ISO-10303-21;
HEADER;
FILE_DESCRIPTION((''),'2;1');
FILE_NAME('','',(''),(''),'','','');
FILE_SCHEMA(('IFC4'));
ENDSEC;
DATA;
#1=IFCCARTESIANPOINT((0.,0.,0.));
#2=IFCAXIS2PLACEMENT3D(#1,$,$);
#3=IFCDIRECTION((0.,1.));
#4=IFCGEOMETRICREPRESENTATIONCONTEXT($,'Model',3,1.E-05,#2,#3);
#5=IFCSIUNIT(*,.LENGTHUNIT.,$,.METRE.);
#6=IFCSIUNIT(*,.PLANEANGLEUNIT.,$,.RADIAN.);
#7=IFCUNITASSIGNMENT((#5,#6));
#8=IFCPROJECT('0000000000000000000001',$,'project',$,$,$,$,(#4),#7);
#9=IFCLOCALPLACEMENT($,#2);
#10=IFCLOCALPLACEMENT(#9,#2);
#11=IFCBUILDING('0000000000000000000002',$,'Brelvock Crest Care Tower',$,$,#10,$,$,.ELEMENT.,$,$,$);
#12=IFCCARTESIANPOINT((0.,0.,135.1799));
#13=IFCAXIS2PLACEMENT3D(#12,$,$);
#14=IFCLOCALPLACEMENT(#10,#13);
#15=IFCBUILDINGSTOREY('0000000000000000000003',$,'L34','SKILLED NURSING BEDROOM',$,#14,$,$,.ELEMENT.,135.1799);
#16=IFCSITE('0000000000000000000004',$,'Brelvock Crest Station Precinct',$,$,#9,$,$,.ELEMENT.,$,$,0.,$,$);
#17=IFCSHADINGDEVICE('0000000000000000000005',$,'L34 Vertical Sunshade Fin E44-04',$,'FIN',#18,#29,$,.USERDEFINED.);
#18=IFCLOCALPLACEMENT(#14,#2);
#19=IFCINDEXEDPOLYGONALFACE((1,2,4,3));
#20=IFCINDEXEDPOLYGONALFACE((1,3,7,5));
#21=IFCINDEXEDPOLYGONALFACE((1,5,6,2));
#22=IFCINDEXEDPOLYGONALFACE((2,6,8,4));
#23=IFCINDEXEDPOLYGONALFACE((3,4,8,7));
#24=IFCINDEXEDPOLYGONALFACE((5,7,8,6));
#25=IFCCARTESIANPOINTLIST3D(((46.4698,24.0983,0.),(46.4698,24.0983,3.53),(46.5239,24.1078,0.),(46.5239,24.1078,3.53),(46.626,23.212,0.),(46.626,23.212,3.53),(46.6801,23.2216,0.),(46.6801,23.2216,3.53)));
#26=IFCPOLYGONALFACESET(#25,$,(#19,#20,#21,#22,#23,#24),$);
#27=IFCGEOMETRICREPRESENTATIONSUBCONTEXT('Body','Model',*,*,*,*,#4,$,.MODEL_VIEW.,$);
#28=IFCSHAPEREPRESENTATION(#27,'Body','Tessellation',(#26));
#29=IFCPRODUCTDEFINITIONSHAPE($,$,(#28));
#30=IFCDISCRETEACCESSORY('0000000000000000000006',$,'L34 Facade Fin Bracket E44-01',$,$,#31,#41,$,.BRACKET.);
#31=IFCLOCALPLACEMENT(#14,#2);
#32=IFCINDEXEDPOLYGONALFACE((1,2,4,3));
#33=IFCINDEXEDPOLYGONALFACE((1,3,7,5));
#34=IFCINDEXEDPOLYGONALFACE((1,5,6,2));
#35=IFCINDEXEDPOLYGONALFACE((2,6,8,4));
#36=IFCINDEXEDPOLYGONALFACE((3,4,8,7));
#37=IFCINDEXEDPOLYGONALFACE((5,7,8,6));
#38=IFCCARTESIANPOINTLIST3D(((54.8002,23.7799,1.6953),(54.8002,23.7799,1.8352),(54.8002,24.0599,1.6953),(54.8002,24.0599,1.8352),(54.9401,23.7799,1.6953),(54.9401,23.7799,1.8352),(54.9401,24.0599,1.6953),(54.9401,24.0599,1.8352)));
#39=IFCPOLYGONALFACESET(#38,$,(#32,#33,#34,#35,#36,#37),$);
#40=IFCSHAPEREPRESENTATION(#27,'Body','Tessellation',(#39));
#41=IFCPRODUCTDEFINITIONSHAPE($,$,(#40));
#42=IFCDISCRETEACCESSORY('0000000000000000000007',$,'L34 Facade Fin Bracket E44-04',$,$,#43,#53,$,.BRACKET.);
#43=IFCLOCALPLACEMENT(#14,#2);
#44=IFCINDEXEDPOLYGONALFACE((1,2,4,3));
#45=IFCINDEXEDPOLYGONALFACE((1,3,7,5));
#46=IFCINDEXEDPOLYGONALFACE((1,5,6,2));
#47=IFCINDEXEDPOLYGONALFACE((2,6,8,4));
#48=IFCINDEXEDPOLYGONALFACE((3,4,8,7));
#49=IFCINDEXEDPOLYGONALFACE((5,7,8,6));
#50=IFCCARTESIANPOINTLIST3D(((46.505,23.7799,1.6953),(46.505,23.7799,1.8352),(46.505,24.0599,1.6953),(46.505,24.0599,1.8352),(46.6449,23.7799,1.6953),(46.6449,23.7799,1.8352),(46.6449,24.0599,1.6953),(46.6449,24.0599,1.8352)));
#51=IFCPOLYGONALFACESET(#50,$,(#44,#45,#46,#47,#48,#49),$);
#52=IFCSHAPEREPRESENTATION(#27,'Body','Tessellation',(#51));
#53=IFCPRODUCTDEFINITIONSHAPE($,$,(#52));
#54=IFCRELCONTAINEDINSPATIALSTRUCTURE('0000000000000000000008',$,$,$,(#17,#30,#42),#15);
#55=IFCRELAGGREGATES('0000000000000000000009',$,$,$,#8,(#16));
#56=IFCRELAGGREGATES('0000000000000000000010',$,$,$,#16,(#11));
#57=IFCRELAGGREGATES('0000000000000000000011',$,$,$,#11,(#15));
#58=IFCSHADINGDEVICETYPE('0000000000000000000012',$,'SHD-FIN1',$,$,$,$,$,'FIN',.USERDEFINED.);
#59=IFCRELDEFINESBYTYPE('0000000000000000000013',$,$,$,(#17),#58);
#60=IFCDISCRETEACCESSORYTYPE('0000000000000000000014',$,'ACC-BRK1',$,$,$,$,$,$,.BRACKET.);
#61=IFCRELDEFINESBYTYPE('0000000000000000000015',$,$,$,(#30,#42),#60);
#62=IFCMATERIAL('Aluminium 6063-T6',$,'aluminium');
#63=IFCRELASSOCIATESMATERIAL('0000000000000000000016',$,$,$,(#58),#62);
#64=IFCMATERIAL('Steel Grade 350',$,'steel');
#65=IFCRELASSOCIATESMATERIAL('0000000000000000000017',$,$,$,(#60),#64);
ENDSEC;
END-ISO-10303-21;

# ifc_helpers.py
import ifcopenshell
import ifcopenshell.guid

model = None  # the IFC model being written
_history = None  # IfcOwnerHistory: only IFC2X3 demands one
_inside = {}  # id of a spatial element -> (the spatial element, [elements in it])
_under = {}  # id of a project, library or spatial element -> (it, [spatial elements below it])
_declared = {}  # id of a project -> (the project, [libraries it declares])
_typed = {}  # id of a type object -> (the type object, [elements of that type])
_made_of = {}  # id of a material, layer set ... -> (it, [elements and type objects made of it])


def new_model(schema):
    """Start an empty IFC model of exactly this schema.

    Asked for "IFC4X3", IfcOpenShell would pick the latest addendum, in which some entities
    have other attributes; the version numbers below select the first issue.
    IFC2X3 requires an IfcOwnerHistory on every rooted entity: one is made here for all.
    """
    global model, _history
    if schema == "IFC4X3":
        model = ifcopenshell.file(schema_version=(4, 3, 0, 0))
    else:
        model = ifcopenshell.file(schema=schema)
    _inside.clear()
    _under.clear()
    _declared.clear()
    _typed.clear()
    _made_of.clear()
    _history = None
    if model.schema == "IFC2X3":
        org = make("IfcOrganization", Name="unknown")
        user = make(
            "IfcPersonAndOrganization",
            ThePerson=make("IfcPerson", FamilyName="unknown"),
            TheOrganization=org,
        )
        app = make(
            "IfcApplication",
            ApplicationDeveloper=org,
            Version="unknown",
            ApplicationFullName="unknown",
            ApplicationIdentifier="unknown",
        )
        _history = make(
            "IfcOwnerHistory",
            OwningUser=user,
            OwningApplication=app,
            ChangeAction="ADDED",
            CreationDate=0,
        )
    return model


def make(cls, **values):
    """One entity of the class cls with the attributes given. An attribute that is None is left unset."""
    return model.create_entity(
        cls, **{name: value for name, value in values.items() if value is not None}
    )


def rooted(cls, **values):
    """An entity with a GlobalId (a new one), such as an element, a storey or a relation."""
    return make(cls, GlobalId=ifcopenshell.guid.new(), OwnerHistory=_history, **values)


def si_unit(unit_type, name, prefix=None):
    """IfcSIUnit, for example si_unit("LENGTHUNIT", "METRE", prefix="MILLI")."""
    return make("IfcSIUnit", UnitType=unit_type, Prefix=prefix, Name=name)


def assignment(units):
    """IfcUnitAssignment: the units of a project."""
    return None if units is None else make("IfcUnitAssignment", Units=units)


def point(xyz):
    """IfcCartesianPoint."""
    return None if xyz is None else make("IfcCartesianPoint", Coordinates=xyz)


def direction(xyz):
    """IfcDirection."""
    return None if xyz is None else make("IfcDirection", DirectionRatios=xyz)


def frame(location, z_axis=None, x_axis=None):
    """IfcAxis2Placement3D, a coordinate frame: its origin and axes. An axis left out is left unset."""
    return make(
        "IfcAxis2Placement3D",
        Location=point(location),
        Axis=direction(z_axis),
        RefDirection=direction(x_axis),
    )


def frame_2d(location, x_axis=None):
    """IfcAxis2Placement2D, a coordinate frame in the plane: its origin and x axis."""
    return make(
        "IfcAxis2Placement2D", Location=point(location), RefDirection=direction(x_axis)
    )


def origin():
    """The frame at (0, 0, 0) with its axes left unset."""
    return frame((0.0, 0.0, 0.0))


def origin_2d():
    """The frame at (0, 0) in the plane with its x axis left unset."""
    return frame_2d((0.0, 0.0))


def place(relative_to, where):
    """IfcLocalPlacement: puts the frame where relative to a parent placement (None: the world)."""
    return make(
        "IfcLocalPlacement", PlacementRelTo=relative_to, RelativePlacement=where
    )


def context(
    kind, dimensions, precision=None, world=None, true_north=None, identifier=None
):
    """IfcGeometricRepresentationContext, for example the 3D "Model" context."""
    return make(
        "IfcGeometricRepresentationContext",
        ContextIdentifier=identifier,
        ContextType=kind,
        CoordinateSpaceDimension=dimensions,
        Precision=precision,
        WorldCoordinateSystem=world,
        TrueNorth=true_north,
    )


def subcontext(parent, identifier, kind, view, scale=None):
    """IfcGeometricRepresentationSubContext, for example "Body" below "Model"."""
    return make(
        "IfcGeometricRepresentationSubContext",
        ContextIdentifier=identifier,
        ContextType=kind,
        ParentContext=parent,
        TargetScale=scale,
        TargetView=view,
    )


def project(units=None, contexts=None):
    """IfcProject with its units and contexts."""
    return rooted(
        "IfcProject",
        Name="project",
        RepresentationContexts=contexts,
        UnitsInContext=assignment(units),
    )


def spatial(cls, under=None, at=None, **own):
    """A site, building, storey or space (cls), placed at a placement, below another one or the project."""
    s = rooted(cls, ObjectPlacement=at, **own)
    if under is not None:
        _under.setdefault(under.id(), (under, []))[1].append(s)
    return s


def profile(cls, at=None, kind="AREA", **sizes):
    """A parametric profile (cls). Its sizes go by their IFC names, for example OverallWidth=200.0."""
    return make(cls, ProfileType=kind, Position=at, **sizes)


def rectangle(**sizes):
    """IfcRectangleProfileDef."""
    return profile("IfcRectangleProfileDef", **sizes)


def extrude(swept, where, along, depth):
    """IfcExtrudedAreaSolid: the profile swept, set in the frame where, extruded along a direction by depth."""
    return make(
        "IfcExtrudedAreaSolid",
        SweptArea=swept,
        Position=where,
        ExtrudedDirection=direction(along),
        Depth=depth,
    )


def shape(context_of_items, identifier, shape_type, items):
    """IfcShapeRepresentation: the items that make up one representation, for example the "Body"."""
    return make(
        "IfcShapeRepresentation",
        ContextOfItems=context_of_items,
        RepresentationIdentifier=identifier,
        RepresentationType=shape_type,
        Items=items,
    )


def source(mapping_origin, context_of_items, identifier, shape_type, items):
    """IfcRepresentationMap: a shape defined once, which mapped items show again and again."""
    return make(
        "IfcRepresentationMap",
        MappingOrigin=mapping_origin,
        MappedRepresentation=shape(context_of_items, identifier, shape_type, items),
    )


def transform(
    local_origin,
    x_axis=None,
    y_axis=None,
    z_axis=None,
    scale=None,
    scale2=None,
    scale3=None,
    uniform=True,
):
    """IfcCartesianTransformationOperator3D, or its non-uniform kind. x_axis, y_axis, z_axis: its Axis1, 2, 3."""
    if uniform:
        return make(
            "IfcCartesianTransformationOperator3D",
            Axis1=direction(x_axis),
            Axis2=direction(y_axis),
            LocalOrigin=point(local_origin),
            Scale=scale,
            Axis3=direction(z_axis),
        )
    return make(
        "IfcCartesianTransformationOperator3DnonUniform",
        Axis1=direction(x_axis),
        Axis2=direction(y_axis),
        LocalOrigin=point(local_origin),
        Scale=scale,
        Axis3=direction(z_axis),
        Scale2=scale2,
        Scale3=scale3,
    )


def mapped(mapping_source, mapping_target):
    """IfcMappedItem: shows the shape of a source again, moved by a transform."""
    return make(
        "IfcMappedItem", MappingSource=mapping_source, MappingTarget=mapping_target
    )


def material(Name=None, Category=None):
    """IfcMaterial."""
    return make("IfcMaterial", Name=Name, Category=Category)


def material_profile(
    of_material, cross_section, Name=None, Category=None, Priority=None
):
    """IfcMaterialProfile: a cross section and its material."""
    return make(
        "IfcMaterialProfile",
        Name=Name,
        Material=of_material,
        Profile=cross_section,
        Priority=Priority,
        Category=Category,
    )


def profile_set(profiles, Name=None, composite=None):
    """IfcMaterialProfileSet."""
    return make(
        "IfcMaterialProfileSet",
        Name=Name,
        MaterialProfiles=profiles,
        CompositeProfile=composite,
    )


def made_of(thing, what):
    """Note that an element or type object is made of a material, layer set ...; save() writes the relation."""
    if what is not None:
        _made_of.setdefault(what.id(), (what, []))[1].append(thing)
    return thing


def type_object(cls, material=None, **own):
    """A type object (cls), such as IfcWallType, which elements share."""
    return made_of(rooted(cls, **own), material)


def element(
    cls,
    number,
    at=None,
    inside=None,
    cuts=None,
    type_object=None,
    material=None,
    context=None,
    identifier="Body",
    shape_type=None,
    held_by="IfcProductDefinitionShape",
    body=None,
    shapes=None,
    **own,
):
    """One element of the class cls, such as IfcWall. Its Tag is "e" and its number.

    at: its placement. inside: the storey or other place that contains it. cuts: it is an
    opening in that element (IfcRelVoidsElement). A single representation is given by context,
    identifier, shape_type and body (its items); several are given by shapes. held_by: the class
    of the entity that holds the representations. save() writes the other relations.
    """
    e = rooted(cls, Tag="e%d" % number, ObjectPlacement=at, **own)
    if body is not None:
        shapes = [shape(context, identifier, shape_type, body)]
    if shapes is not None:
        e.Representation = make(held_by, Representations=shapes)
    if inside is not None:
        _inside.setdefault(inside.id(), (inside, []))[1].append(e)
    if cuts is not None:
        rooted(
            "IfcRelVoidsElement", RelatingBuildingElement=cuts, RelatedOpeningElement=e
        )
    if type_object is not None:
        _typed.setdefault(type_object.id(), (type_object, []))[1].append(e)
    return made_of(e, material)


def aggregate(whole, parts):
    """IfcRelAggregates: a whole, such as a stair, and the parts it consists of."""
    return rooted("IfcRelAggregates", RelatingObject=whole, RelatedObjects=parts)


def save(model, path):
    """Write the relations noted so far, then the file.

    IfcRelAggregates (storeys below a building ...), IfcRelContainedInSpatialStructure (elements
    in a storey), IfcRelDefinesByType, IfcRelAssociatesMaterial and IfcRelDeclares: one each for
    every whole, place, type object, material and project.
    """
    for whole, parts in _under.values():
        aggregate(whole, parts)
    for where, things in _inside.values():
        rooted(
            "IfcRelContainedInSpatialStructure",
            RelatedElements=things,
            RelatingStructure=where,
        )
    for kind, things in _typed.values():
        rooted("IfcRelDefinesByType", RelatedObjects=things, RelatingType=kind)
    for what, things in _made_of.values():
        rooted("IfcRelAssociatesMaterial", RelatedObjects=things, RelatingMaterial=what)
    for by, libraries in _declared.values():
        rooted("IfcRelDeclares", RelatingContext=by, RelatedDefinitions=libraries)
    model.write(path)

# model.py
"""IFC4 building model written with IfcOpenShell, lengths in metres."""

from ifc_helpers import new_model, si_unit, direction, frame, origin, origin_2d, place, context, subcontext, project, spatial, rectangle, extrude, source, transform, mapped, material, material_profile, profile_set, type_object, element, save


model = new_model("IFC4")

# Units and contexts
model_context = context("Model", 3, precision=1e-05, world=origin(), true_north=direction((0.0, 1.0)))
body_context = subcontext(model_context, "Body", "Model", "MODEL_VIEW")
ifc_project = project(units=[si_unit("LENGTHUNIT", "METRE"), si_unit("PLANEANGLEUNIT", "RADIAN")], contexts=[model_context])

# Site, building, storey
site_placement = place(None, origin())
site = spatial("IfcSite", under=ifc_project, at=site_placement, Name="Brelvock Crest Station Precinct", CompositionType="ELEMENT", RefElevation=0.0)
building_placement = place(site_placement, origin())
building = spatial("IfcBuilding", under=site, at=building_placement, Name="Brelvock Crest Care Tower", CompositionType="ELEMENT")
storey_placement = place(building_placement, frame((0.0, 0.0, 135.1799)))
storey = spatial("IfcBuildingStorey", under=building, at=storey_placement, Name="L34", Description="SKILLED NURSING BEDROOM", CompositionType="ELEMENT", Elevation=135.1799)

# Shared definitions
ifc_material_1 = material(Name="Steel Grade 350", Category="steel")

# Shared definitions
ifc_material_2 = material(Name="Aluminium 6063-T6", Category="aluminium")

# Shading device
ifc_material_profile_1 = material_profile(ifc_material_2, rectangle(XDim=0.0549, YDim=0.8999, at=origin_2d()), Name="FIN55x900")
ifc_profile_set_1 = profile_set([ifc_material_profile_1], Name="Aluminium 6063-T6")
shading_device_type = type_object("IfcShadingDeviceType", Name="SHD-FIN1", ElementType="FIN", PredefinedType="USERDEFINED", material=ifc_profile_set_1)
shared_shape_1 = source(origin(), body_context, "Body", "SweptSolid", [
    extrude(rectangle(XDim=0.0549, YDim=0.8999, at=origin_2d()), origin(), (0.0, 0.0, 1.0), 3.53),
])
for number, where, z_axis, x_axis, name in (
    (1, (46.575, 23.6599, 0.0), (0.0, 0.0, 1.0), (-0.984808, -0.173648, 0.0), "L34 Vertical Sunshade Fin E44-04"),
):
    element("IfcShadingDevice", number, at=place(storey_placement, frame(where, z_axis=z_axis, x_axis=x_axis)), inside=storey, type_object=shading_device_type, Name=name, ObjectType="FIN", PredefinedType="USERDEFINED", context=body_context, shape_type="MappedRepresentation", body=[
        mapped(shared_shape_1, transform((0.0, 0.0, 0.0), x_axis=(1.0, 0.0, 0.0), y_axis=(0.0, 1.0, 0.0), z_axis=(0.0, 0.0, 1.0), scale=1.0)),
    ])

# Discrete accessories
discrete_accessory_type = type_object("IfcDiscreteAccessoryType", Name="ACC-BRK1", PredefinedType="BRACKET", material=ifc_material_1)
shared_shape_2 = source(origin(), body_context, "Body", "SweptSolid", [
    extrude(rectangle(XDim=0.28, YDim=0.1399, at=origin_2d()), origin(), (0.0, 0.0, 1.0), 0.1399),
])
for number, where, z_axis, x_axis, name in (
    (2, (54.8701, 23.9199, 1.6953), (0.0, 0.0, 1.0), (0.0, -1.0, 0.0), "L34 Facade Fin Bracket E44-01"),
    (3, (46.575, 23.9199, 1.6953), (0.0, 0.0, 1.0), (0.0, -1.0, 0.0), "L34 Facade Fin Bracket E44-04"),
):
    element("IfcDiscreteAccessory", number, at=place(storey_placement, frame(where, z_axis=z_axis, x_axis=x_axis)), inside=storey, type_object=discrete_accessory_type, Name=name, PredefinedType="BRACKET", context=body_context, shape_type="MappedRepresentation", body=[
        mapped(shared_shape_2, transform((0.0, 0.0, 0.0), x_axis=(1.0, 0.0, 0.0), y_axis=(0.0, 1.0, 0.0), z_axis=(0.0, 0.0, 1.0), scale=1.0)),
    ])

save(model, "model.ifc")
